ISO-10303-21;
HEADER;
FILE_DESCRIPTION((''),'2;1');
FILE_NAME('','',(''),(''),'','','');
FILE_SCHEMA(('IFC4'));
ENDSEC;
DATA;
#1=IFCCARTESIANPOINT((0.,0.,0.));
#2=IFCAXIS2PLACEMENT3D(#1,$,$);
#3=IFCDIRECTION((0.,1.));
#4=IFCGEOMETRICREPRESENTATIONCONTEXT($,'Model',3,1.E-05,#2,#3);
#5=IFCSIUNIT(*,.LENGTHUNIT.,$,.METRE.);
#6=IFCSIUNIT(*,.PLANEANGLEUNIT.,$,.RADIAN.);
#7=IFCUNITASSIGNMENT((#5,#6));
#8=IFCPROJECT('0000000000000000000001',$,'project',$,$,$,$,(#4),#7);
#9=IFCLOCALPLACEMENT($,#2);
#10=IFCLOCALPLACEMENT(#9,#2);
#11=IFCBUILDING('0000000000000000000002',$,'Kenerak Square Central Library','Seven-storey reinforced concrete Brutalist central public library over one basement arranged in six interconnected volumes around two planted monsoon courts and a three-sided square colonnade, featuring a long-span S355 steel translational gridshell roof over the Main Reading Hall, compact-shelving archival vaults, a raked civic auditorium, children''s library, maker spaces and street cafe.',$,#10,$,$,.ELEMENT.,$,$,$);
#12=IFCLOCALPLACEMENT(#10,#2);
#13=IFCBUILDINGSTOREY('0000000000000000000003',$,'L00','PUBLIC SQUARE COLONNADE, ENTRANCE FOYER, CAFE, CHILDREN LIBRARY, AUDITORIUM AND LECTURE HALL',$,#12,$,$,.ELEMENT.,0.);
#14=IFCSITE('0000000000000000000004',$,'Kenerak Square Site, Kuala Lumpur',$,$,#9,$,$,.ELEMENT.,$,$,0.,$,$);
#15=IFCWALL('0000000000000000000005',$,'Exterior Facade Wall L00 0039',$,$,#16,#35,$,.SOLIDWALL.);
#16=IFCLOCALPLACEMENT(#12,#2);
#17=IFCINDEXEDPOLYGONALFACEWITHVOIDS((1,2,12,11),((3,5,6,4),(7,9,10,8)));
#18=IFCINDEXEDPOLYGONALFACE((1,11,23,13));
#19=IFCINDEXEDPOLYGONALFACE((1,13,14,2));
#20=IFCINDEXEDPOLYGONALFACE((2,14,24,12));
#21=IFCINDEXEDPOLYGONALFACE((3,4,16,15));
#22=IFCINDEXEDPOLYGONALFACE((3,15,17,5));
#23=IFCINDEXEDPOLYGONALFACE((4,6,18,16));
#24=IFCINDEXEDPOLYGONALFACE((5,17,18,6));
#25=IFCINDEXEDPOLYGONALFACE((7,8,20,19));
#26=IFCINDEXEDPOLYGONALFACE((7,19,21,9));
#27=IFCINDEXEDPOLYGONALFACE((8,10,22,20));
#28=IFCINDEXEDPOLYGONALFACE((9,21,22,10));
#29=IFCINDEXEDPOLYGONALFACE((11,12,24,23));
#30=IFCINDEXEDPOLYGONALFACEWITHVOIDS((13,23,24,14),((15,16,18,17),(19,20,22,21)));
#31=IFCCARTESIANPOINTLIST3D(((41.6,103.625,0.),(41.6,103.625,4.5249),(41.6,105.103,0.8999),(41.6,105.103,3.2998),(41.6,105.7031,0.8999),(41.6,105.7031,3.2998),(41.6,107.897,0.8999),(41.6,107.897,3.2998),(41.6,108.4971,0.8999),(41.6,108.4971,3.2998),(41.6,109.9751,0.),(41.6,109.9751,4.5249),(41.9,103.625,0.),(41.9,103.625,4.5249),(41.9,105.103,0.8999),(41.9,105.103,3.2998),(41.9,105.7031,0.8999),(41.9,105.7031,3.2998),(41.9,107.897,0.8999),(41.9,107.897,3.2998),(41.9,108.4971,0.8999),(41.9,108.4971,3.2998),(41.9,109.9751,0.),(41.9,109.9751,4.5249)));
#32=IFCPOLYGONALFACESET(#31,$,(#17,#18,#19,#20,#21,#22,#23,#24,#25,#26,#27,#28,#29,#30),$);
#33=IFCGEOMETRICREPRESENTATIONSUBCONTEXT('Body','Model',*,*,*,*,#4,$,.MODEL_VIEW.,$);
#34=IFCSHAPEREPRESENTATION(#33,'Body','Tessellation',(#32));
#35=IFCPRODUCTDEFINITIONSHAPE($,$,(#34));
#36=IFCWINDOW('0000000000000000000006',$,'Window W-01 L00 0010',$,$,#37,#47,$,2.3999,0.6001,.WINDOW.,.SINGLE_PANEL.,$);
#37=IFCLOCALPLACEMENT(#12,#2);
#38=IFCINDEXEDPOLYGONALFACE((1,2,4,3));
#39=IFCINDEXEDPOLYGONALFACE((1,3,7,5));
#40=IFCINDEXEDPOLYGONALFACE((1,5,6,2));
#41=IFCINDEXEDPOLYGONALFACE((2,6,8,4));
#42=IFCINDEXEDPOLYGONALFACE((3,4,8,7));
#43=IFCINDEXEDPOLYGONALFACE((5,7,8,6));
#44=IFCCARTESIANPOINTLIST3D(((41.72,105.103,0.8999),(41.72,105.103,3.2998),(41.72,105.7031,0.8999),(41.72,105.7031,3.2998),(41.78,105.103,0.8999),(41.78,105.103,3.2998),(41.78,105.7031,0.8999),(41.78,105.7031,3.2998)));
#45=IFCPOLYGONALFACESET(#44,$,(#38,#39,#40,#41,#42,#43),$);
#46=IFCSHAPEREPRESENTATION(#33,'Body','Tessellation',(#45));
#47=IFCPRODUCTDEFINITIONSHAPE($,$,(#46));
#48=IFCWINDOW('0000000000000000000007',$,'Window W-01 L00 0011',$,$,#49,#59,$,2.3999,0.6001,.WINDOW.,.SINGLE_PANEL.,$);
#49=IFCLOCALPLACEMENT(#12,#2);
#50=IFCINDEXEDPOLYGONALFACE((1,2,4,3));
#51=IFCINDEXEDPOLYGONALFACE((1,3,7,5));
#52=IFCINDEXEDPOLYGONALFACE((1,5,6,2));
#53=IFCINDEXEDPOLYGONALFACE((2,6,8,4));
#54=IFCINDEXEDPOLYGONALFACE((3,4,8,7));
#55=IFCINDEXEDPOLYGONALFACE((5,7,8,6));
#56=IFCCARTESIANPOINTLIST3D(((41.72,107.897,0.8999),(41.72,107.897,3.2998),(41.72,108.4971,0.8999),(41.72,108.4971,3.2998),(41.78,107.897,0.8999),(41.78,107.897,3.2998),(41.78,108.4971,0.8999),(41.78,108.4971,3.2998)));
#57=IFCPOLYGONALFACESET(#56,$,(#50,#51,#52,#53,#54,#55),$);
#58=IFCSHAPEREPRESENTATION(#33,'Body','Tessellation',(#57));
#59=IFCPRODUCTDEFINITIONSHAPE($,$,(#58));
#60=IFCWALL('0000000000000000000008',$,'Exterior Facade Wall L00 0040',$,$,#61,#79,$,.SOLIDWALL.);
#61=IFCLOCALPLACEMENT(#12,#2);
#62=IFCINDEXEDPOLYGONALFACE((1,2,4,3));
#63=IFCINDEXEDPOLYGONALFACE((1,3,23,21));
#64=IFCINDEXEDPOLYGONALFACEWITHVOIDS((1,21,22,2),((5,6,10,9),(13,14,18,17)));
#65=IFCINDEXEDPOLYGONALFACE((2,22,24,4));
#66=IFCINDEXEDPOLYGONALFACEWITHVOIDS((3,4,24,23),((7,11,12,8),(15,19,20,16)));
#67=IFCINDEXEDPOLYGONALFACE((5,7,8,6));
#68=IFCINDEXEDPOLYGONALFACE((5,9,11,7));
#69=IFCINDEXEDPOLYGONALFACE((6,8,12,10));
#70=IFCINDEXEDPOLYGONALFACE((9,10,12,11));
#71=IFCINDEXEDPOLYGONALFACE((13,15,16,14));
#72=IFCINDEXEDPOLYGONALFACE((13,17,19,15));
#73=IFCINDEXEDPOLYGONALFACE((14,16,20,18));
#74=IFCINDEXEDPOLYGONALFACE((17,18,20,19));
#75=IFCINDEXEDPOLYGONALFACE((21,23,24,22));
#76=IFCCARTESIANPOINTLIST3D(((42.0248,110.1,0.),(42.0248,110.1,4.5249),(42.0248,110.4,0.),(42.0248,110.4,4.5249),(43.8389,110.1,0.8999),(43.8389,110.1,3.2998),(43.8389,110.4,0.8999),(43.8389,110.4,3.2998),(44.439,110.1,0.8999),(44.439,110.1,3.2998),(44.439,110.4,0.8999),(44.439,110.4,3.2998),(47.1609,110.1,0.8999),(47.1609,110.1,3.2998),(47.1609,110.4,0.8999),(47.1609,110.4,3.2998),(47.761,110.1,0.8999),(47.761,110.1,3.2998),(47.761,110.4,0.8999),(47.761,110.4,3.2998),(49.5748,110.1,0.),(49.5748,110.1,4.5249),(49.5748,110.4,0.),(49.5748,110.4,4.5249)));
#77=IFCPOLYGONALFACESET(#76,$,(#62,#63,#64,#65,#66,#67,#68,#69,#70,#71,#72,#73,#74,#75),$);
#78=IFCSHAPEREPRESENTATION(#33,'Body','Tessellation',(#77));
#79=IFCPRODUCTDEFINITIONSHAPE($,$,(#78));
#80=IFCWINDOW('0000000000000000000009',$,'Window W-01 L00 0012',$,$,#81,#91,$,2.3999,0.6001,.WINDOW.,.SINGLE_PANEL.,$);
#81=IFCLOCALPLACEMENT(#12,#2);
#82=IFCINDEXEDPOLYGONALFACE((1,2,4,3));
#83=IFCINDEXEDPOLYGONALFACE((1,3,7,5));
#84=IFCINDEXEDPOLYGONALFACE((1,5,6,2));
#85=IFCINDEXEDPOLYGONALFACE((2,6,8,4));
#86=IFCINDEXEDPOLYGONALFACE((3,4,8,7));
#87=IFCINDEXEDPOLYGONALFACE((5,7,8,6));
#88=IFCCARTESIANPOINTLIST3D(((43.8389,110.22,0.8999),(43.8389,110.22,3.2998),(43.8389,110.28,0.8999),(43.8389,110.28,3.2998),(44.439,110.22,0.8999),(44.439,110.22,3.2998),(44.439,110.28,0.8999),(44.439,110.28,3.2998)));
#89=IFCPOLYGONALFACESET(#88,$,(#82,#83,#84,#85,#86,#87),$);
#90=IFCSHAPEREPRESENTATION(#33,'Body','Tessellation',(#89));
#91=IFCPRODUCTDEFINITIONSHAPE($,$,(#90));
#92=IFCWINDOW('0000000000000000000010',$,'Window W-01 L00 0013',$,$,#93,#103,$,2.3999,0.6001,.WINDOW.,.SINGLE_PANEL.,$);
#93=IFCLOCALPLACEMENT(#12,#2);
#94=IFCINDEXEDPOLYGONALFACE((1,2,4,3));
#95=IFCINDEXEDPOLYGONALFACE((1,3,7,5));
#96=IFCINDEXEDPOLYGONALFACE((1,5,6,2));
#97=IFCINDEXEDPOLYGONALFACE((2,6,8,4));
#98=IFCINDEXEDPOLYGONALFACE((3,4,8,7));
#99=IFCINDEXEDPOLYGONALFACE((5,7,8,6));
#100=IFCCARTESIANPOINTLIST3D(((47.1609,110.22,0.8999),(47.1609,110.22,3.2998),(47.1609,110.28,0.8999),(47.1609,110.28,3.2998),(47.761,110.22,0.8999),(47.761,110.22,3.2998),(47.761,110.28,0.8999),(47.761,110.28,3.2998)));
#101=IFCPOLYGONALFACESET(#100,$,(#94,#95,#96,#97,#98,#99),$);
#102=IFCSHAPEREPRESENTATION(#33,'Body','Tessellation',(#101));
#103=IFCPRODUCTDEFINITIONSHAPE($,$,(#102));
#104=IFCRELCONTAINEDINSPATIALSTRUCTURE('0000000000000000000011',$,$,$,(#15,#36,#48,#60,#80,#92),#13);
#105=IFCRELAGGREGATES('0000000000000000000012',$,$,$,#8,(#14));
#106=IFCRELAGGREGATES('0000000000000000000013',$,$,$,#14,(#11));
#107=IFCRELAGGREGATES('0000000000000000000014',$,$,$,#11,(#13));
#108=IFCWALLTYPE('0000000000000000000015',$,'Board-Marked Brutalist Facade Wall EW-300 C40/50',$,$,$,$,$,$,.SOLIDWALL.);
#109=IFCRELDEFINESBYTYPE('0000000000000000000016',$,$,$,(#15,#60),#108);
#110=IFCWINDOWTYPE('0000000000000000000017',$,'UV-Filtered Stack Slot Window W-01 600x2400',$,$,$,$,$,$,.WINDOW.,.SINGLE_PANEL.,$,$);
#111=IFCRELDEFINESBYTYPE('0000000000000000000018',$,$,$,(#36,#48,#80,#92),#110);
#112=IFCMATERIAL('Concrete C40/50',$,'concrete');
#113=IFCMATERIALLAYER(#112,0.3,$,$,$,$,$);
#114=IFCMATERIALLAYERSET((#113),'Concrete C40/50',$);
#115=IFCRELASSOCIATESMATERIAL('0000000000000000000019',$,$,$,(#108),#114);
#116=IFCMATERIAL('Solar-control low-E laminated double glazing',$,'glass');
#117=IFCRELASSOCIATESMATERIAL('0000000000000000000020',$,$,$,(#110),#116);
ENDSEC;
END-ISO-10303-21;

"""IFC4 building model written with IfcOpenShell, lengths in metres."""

from ifc_helpers import new_model, si_unit, direction, frame, frame_2d, origin, place, context, subcontext, project, spatial, rectangle, extrude, material, layer, layer_set, type_object, element, fill, save


model = new_model("IFC4")

# Units and contexts
model_context = context("Model", 3, precision=1e-05, world=origin(), true_north=direction((0.0, 1.0)))
body_context = subcontext(model_context, "Body", "Model", "MODEL_VIEW")
ifc_project = project(units=[si_unit("LENGTHUNIT", "METRE"), si_unit("PLANEANGLEUNIT", "RADIAN")], contexts=[model_context])

# Site, building, storey
site_placement = place(None, origin())
site = spatial("IfcSite", under=ifc_project, at=site_placement, Name="Kenerak Square Site, Kuala Lumpur", CompositionType="ELEMENT", RefElevation=0.0)
building_placement = place(site_placement, origin())
building = spatial("IfcBuilding", under=site, at=building_placement, Name="Kenerak Square Central Library", Description="Seven-storey reinforced concrete Brutalist central public library over one basement arranged in six interconnected volumes around two planted monsoon courts and a three-sided square colonnade, featuring a long-span S355 steel translational gridshell roof over the Main Reading Hall, compact-shelving archival vaults, a raked civic auditorium, children's library, maker spaces and street cafe.", CompositionType="ELEMENT")
storey_placement = place(building_placement, origin())
storey = spatial("IfcBuildingStorey", under=building, at=storey_placement, Name="L00", Description="PUBLIC SQUARE COLONNADE, ENTRANCE FOYER, CAFE, CHILDREN LIBRARY, AUDITORIUM AND LECTURE HALL", CompositionType="ELEMENT", Elevation=0.0)

# Shared definitions
ifc_material_1 = material(Name="Concrete C40/50", Category="concrete")

# Walls, openings, windows
ifc_layer = layer(ifc_material_1, 0.3)
ifc_layer_set = layer_set([ifc_layer], Name="Concrete C40/50")
wall_type = type_object("IfcWallType", Name="Board-Marked Brutalist Facade Wall EW-300 C40/50", PredefinedType="SOLIDWALL", material=ifc_layer_set)
ifc_material_2 = material(Name="Solar-control low-E laminated double glazing", Category="glass")
window_type = type_object("IfcWindowType", Name="UV-Filtered Stack Slot Window W-01 600x2400", PartitioningType="SINGLE_PANEL", PredefinedType="WINDOW", material=ifc_material_2)
wall_1_placement = place(storey_placement, frame((41.75, 103.625, 0.0), z_axis=(0.0, 0.0, 1.0), x_axis=(0.0, 1.0, 0.0)))
wall_1 = element("IfcWall", 1, at=wall_1_placement, inside=storey, type_object=wall_type, Name="Exterior Facade Wall L00 0039", PredefinedType="SOLIDWALL", context=body_context, shape_type="SweptSolid", body=[
    extrude(rectangle(XDim=6.3501, YDim=0.3, at=frame_2d((3.175, 0.0))), origin(), (0.0, 0.0, 1.0), 4.5249),
])
opening_1_placement = place(wall_1_placement, frame((1.478, 0.0, 0.8999)))
opening_1 = element("IfcOpeningElement", 2, at=opening_1_placement, cuts=wall_1, PredefinedType="OPENING", context=body_context, shape_type="SweptSolid", body=[
    extrude(rectangle(XDim=0.6001, YDim=2.3999, at=frame_2d((0.3, 1.2))), frame((0.0, 0.1599, 0.0), z_axis=(0.0, -1.0, 0.0), x_axis=(1.0, 0.0, 0.0)), (0.0, 0.0, 1.0), 0.3201),
])
opening_2_placement = place(wall_1_placement, frame((4.272, 0.0, 0.8999)))
opening_2 = element("IfcOpeningElement", 3, at=opening_2_placement, cuts=wall_1, PredefinedType="OPENING", context=body_context, shape_type="SweptSolid", body=[
    extrude(rectangle(XDim=0.6001, YDim=2.3999, at=frame_2d((0.3, 1.2))), frame((0.0, 0.1599, 0.0), z_axis=(0.0, -1.0, 0.0), x_axis=(1.0, 0.0, 0.0)), (0.0, 0.0, 1.0), 0.3201),
])
window_1_placement = place(opening_1_placement, origin())
window_1 = element("IfcWindow", 4, at=window_1_placement, inside=storey, type_object=window_type, Name="Window W-01 L00 0010", OverallHeight=2.3999, OverallWidth=0.6001, PartitioningType="SINGLE_PANEL", PredefinedType="WINDOW", context=body_context, shape_type="SweptSolid", body=[
    extrude(rectangle(XDim=0.6001, YDim=2.3999, at=frame_2d((0.3, 1.2))), frame((0.0, 0.03, 0.0), z_axis=(0.0, -1.0, 0.0), x_axis=(1.0, 0.0, 0.0)), (0.0, 0.0, 1.0), 0.0601),
])
fill(opening_1, window_1)
window_2_placement = place(opening_2_placement, origin())
window_2 = element("IfcWindow", 5, at=window_2_placement, inside=storey, type_object=window_type, Name="Window W-01 L00 0011", OverallHeight=2.3999, OverallWidth=0.6001, PartitioningType="SINGLE_PANEL", PredefinedType="WINDOW", context=body_context, shape_type="SweptSolid", body=[
    extrude(rectangle(XDim=0.6001, YDim=2.3999, at=frame_2d((0.3, 1.2))), frame((0.0, 0.03, 0.0), z_axis=(0.0, -1.0, 0.0), x_axis=(1.0, 0.0, 0.0)), (0.0, 0.0, 1.0), 0.0601),
])
fill(opening_2, window_2)
wall_2_placement = place(storey_placement, frame((42.0249, 110.25, 0.0), z_axis=(0.0, 0.0, 1.0), x_axis=(1.0, 0.0, 0.0)))
wall_2 = element("IfcWall", 6, at=wall_2_placement, inside=storey, type_object=wall_type, Name="Exterior Facade Wall L00 0040", PredefinedType="SOLIDWALL", context=body_context, shape_type="SweptSolid", body=[
    extrude(rectangle(XDim=7.55, YDim=0.3, at=frame_2d((3.7749, 0.0))), origin(), (0.0, 0.0, 1.0), 4.5249),
])
opening_3_placement = place(wall_2_placement, frame((1.814, 0.0, 0.8999)))
opening_3 = element("IfcOpeningElement", 7, at=opening_3_placement, cuts=wall_2, PredefinedType="OPENING", context=body_context, shape_type="SweptSolid", body=[
    extrude(rectangle(XDim=0.6001, YDim=2.3999, at=frame_2d((0.3, 1.2))), frame((0.0, 0.1599, 0.0), z_axis=(0.0, -1.0, 0.0), x_axis=(1.0, 0.0, 0.0)), (0.0, 0.0, 1.0), 0.3201),
])
opening_4_placement = place(wall_2_placement, frame((5.136, 0.0, 0.8999)))
opening_4 = element("IfcOpeningElement", 8, at=opening_4_placement, cuts=wall_2, PredefinedType="OPENING", context=body_context, shape_type="SweptSolid", body=[
    extrude(rectangle(XDim=0.6001, YDim=2.3999, at=frame_2d((0.3, 1.2))), frame((0.0, 0.1599, 0.0), z_axis=(0.0, -1.0, 0.0), x_axis=(1.0, 0.0, 0.0)), (0.0, 0.0, 1.0), 0.3201),
])
window_3_placement = place(opening_3_placement, origin())
window_3 = element("IfcWindow", 9, at=window_3_placement, inside=storey, type_object=window_type, Name="Window W-01 L00 0012", OverallHeight=2.3999, OverallWidth=0.6001, PartitioningType="SINGLE_PANEL", PredefinedType="WINDOW", context=body_context, shape_type="SweptSolid", body=[
    extrude(rectangle(XDim=0.6001, YDim=2.3999, at=frame_2d((0.3, 1.2))), frame((0.0, 0.03, 0.0), z_axis=(0.0, -1.0, 0.0), x_axis=(1.0, 0.0, 0.0)), (0.0, 0.0, 1.0), 0.0601),
])
fill(opening_3, window_3)
window_4_placement = place(opening_4_placement, origin())
window_4 = element("IfcWindow", 10, at=window_4_placement, inside=storey, type_object=window_type, Name="Window W-01 L00 0013", OverallHeight=2.3999, OverallWidth=0.6001, PartitioningType="SINGLE_PANEL", PredefinedType="WINDOW", context=body_context, shape_type="SweptSolid", body=[
    extrude(rectangle(XDim=0.6001, YDim=2.3999, at=frame_2d((0.3, 1.2))), frame((0.0, 0.03, 0.0), z_axis=(0.0, -1.0, 0.0), x_axis=(1.0, 0.0, 0.0)), (0.0, 0.0, 1.0), 0.0601),
])
fill(opening_4, window_4)

save(model, "model.ifc")
